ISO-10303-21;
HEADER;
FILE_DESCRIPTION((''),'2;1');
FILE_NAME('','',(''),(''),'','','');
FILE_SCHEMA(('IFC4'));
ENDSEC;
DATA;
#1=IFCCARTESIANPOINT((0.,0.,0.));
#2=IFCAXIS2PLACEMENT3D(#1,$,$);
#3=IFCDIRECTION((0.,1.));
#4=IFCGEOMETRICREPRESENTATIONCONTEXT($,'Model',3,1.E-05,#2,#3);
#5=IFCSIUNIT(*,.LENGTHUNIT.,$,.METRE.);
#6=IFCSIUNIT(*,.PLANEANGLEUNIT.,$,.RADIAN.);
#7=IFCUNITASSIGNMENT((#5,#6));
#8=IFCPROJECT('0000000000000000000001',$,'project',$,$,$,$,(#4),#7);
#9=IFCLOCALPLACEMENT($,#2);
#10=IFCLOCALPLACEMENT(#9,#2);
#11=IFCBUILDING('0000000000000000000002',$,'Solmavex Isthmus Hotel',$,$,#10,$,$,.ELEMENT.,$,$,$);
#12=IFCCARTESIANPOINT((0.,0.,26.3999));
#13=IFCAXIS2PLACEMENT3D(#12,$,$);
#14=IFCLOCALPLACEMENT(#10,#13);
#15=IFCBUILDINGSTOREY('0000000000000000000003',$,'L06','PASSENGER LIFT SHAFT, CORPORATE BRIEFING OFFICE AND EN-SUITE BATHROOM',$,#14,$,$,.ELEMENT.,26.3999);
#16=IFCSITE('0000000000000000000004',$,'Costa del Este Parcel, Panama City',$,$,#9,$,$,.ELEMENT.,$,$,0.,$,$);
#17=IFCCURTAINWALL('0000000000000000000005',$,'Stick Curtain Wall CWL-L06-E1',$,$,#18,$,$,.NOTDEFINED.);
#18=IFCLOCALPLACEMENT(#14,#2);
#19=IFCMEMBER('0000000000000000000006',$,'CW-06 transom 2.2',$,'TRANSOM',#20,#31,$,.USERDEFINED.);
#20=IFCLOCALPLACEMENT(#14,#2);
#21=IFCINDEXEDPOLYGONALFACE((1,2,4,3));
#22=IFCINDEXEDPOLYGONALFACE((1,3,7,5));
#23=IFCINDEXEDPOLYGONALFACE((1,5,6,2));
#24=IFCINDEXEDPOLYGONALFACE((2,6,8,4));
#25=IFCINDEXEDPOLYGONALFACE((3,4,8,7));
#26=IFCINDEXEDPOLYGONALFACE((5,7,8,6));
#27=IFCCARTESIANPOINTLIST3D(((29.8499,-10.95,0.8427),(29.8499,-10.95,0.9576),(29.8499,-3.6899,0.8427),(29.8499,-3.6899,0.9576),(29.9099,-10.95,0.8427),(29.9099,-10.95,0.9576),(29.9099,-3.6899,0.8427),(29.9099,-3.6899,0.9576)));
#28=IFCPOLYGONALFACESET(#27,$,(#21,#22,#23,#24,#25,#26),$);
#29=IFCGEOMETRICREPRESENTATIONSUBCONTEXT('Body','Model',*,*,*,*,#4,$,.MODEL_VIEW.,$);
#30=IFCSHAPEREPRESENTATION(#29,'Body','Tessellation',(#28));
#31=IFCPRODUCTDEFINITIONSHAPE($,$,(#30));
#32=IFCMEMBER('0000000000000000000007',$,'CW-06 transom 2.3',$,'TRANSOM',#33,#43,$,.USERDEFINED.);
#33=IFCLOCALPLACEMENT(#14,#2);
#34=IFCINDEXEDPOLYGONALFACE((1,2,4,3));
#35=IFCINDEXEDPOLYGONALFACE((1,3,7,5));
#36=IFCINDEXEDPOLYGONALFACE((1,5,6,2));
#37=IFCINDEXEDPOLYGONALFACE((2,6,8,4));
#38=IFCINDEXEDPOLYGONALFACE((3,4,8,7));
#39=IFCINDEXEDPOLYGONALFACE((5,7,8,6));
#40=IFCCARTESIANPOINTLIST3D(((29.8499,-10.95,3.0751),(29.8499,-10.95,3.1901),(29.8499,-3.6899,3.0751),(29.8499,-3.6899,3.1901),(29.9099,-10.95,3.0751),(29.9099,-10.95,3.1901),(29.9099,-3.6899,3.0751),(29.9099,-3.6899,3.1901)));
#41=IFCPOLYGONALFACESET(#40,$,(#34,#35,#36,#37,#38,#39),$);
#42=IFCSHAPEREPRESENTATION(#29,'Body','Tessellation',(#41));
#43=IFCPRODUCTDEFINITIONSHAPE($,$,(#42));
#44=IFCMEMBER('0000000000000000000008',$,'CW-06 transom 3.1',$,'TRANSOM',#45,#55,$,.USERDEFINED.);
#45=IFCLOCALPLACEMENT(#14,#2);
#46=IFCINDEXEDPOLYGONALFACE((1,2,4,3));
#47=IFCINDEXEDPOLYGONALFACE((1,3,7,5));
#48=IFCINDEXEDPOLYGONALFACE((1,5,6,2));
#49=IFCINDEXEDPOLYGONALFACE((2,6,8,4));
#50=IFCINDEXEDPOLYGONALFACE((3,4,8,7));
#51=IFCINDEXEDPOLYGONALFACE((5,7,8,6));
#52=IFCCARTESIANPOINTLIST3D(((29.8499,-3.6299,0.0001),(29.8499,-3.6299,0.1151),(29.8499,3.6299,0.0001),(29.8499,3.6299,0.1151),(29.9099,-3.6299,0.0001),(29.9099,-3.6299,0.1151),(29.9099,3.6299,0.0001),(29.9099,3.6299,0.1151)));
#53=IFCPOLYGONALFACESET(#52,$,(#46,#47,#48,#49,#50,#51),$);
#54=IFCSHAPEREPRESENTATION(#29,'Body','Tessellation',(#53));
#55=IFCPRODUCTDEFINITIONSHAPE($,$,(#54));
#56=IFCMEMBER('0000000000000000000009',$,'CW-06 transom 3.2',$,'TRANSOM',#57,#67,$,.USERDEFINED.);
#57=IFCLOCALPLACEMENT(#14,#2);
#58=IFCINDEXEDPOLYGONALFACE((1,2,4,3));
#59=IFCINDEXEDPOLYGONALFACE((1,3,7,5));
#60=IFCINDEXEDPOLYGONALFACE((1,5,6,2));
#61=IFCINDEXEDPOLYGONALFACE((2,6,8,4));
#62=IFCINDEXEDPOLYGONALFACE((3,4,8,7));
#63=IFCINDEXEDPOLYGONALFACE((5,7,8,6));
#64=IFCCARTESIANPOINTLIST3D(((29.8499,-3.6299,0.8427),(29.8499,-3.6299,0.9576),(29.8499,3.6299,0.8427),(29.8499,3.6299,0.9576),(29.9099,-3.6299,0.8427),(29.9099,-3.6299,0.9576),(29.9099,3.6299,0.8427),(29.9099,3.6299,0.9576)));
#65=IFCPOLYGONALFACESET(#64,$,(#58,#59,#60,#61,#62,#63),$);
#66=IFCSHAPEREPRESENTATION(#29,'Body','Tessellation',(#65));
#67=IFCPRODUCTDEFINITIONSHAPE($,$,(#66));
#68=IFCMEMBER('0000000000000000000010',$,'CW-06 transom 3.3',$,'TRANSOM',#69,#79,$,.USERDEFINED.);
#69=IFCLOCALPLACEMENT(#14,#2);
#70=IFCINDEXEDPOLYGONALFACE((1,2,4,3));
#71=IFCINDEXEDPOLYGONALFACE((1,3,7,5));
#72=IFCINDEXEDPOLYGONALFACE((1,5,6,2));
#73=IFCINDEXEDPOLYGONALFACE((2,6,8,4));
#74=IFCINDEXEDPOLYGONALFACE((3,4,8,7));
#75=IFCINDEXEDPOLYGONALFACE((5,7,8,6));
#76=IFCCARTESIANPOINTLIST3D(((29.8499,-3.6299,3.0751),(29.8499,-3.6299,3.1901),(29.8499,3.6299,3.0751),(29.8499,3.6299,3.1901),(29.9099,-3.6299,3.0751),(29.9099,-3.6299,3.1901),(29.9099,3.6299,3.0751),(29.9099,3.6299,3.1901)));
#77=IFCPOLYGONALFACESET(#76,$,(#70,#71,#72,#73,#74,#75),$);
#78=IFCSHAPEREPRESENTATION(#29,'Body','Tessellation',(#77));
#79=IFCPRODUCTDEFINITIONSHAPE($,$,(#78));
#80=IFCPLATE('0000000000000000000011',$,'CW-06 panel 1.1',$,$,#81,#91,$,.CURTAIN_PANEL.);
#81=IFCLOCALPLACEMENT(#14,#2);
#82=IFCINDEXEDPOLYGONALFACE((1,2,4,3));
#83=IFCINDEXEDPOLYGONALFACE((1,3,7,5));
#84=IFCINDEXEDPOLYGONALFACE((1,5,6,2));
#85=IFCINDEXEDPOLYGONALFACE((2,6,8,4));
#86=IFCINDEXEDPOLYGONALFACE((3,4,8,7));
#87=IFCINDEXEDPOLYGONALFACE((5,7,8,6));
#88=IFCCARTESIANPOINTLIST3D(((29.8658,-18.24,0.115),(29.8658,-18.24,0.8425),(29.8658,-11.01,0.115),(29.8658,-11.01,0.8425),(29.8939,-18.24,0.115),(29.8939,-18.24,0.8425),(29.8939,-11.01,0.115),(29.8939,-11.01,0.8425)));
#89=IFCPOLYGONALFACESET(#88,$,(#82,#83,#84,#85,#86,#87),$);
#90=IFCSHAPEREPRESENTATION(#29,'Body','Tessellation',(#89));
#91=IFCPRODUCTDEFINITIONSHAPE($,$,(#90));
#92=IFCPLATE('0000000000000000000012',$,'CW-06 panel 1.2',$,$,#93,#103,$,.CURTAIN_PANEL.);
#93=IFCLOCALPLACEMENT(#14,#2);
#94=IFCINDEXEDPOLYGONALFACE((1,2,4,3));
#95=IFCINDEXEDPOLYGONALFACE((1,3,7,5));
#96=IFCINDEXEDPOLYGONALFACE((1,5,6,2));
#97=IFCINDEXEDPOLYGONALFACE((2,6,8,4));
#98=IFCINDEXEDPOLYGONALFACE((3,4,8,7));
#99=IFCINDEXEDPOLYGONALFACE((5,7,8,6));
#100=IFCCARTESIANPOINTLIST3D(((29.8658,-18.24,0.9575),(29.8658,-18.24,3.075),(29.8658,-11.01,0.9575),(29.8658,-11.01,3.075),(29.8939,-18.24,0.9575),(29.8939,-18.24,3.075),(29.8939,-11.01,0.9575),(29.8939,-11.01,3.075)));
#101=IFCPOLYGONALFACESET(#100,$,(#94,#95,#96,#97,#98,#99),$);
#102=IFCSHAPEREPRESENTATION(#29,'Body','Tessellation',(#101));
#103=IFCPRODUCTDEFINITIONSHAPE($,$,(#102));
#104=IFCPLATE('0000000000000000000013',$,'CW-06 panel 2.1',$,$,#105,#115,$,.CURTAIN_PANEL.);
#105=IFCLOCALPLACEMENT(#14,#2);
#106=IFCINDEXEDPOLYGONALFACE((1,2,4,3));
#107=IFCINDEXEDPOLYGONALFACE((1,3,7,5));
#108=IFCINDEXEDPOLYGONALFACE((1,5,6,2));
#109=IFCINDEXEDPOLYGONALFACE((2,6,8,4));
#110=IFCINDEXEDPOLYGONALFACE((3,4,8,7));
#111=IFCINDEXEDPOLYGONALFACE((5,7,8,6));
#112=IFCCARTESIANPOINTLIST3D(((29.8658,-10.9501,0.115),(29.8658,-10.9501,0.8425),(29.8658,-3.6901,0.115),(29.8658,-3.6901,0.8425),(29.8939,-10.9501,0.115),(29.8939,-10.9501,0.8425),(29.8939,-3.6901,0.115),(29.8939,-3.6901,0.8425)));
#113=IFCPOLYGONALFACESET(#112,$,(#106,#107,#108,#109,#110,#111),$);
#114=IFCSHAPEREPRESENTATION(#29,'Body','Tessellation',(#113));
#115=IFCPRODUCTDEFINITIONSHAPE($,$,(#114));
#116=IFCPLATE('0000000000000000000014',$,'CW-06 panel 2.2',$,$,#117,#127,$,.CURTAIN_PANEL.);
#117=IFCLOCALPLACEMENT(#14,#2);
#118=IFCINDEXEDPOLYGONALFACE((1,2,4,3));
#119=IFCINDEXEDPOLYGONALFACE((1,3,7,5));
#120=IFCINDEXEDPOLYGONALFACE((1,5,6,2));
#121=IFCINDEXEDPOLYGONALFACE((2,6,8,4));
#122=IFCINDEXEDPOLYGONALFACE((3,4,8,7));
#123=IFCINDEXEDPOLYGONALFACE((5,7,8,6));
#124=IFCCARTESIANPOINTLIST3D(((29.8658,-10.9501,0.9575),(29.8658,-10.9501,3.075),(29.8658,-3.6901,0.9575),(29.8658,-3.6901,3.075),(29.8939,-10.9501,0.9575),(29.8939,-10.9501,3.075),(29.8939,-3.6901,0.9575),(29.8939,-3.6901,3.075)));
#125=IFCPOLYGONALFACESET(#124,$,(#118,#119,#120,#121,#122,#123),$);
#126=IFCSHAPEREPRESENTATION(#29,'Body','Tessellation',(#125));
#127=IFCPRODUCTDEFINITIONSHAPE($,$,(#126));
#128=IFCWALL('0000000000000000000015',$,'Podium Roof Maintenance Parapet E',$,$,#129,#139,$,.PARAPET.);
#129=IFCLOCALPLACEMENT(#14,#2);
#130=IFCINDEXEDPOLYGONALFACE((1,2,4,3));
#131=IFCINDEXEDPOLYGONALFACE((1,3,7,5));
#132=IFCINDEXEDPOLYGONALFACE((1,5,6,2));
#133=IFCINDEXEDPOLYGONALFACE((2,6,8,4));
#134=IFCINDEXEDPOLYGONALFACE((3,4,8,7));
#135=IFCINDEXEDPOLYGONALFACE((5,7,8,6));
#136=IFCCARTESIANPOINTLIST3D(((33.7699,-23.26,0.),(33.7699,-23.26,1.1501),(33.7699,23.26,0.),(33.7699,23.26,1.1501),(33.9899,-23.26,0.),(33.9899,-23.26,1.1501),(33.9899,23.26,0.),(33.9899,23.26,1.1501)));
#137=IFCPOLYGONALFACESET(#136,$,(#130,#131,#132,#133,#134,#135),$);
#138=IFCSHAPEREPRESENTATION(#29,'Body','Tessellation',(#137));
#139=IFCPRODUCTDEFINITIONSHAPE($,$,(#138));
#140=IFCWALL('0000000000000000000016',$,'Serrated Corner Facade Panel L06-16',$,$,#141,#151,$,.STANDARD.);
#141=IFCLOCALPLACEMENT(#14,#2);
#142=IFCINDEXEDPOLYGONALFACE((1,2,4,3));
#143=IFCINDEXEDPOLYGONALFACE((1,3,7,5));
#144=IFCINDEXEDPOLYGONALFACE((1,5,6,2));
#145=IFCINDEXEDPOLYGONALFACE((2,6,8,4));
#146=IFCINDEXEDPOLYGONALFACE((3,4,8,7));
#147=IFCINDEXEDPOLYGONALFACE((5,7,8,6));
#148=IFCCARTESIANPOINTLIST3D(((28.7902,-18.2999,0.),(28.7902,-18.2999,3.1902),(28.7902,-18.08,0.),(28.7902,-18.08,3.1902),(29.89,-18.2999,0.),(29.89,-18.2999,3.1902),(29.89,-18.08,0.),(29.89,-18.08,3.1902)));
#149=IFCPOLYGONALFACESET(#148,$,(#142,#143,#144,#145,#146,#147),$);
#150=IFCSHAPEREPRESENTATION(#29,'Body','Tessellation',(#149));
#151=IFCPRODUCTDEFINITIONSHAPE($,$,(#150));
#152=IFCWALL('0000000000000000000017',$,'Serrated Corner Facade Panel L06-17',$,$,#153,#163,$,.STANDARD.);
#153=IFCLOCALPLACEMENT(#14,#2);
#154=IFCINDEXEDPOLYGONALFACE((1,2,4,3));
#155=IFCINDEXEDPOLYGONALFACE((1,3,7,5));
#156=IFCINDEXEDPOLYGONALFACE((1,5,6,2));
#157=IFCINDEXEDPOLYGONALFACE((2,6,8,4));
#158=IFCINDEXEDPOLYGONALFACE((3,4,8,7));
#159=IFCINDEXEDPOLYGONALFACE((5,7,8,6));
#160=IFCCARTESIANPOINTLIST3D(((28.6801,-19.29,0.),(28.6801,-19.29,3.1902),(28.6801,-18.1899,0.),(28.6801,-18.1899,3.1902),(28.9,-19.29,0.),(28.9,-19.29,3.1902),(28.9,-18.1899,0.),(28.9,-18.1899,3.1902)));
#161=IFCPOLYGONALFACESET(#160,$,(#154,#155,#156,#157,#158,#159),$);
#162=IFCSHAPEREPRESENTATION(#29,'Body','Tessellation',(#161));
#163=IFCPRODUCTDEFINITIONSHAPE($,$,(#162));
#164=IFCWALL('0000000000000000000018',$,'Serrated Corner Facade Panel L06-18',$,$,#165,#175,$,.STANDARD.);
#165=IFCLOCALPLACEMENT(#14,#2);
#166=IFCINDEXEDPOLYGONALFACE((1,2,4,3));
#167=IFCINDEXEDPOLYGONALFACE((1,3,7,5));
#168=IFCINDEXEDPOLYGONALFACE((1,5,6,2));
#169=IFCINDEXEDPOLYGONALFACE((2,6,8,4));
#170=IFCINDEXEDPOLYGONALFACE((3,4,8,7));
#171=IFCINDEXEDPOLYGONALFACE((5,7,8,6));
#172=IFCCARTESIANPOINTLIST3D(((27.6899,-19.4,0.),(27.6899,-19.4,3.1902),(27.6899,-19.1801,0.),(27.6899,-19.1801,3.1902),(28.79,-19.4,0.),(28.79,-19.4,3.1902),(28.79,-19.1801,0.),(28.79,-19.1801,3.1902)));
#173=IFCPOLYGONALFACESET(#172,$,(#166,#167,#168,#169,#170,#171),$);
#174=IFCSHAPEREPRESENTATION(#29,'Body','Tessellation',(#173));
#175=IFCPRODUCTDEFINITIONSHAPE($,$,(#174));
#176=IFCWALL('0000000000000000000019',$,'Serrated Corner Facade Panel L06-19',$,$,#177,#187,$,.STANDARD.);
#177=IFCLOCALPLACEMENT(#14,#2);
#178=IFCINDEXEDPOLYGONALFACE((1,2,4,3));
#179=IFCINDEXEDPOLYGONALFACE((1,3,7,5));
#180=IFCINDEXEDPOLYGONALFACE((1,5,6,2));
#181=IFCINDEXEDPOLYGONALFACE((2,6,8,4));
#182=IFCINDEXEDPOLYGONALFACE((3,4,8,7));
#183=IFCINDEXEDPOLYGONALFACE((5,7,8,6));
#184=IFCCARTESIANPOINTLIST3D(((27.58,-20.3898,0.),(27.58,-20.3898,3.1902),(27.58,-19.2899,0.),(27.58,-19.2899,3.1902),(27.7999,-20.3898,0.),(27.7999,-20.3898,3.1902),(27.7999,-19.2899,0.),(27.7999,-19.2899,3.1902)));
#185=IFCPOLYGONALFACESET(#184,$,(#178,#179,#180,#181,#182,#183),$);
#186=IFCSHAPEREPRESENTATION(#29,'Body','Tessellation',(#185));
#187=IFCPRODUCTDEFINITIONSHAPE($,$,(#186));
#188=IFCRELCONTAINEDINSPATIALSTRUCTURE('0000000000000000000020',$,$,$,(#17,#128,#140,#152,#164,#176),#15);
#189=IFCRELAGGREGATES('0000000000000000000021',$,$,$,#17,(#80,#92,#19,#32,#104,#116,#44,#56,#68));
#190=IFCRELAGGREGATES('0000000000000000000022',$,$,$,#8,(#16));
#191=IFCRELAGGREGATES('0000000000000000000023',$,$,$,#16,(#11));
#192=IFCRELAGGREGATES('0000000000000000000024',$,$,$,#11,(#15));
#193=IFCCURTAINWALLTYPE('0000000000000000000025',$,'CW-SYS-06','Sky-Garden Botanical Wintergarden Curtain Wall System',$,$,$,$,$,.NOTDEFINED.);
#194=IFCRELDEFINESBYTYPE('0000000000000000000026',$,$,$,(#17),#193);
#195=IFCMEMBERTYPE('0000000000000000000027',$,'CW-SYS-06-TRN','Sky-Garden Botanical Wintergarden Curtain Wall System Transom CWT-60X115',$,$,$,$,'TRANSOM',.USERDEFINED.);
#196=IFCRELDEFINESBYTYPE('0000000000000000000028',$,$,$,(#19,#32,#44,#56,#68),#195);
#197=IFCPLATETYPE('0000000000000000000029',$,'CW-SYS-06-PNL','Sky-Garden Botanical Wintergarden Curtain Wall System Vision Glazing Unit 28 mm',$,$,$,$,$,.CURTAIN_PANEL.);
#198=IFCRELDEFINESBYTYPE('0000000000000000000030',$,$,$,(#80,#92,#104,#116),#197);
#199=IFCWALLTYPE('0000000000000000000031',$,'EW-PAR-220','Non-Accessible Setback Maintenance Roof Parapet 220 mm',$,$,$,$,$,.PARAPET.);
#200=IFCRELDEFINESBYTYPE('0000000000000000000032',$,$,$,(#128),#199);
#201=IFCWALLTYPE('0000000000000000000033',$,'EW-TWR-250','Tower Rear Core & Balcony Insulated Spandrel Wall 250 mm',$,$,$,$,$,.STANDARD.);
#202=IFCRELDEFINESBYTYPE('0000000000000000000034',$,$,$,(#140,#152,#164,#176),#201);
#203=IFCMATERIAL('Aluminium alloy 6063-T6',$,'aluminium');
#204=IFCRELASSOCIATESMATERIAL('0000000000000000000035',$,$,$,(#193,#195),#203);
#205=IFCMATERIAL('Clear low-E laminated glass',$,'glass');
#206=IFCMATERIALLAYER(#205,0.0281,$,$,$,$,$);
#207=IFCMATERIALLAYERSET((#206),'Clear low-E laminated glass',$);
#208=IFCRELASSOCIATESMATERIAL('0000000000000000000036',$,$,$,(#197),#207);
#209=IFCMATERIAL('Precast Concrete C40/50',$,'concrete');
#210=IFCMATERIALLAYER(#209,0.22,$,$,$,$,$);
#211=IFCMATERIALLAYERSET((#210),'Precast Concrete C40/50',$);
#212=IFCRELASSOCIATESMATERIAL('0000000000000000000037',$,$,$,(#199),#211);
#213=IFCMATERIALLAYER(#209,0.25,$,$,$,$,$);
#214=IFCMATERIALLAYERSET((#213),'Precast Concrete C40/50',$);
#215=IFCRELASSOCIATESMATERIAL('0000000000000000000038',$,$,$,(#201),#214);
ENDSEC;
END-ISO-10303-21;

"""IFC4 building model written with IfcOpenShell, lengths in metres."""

from ifc_helpers import new_model, si_unit, direction, frame, frame_2d, origin, origin_2d, place, context, subcontext, project, spatial, rectangle, extrude, material, layer, layer_set, material_profile, profile_set, type_object, element, aggregate, save


model = new_model("IFC4")

# Units and contexts
model_context = context("Model", 3, precision=1e-05, world=origin(), true_north=direction((0.0, 1.0)))
body_context = subcontext(model_context, "Body", "Model", "MODEL_VIEW")
ifc_project = project(units=[si_unit("LENGTHUNIT", "METRE"), si_unit("PLANEANGLEUNIT", "RADIAN")], contexts=[model_context])

# Site, building, storey
site_placement = place(None, origin())
site = spatial("IfcSite", under=ifc_project, at=site_placement, Name="Costa del Este Parcel, Panama City", CompositionType="ELEMENT", RefElevation=0.0)
building_placement = place(site_placement, origin())
building = spatial("IfcBuilding", under=site, at=building_placement, Name="Solmavex Isthmus Hotel", CompositionType="ELEMENT")
storey_placement = place(building_placement, frame((0.0, 0.0, 26.3999)))
storey = spatial("IfcBuildingStorey", under=building, at=storey_placement, Name="L06", Description="PASSENGER LIFT SHAFT, CORPORATE BRIEFING OFFICE AND EN-SUITE BATHROOM", CompositionType="ELEMENT", Elevation=26.3999)

# Curtain wall, members, plates
ifc_material_1 = material(Name="Aluminium alloy 6063-T6", Category="aluminium")
curtain_wall_type = type_object("IfcCurtainWallType", Name="CW-SYS-06", Description="Sky-Garden Botanical Wintergarden Curtain Wall System", PredefinedType="NOTDEFINED", material=ifc_material_1)
curtain_wall_placement = place(storey_placement, origin())
curtain_wall = element("IfcCurtainWall", 1, at=curtain_wall_placement, inside=storey, type_object=curtain_wall_type, Name="Stick Curtain Wall CWL-L06-E1", PredefinedType="NOTDEFINED")
ifc_material_profile_1 = material_profile(ifc_material_1, rectangle(XDim=0.0601, YDim=0.115, at=origin_2d()), Name="CWT-60X115")
ifc_profile_set_1 = profile_set([ifc_material_profile_1], Name="Aluminium alloy 6063-T6")
member_type_1 = type_object("IfcMemberType", Name="CW-SYS-06-TRN", Description="Sky-Garden Botanical Wintergarden Curtain Wall System Transom CWT-60X115", ElementType="TRANSOM", PredefinedType="USERDEFINED", material=ifc_profile_set_1)
member_1_placement = place(storey_placement, frame((29.8799, -10.95, 0.9001), z_axis=(0.0, 1.0, 0.0), x_axis=(-1.0, 0.0, 0.0)))
member_1 = element("IfcMember", 2, at=member_1_placement, type_object=member_type_1, Name="CW-06 transom 2.2", ObjectType="TRANSOM", PredefinedType="USERDEFINED", context=body_context, shape_type="SweptSolid", body=[
    extrude(rectangle(XDim=0.0601, YDim=0.115, at=origin_2d()), origin(), (0.0, 0.0, 1.0), 7.26),
])
member_2_placement = place(storey_placement, frame((29.8799, -10.95, 3.1326), z_axis=(0.0, 1.0, 0.0), x_axis=(-1.0, 0.0, 0.0)))
member_2 = element("IfcMember", 3, at=member_2_placement, type_object=member_type_1, Name="CW-06 transom 2.3", ObjectType="TRANSOM", PredefinedType="USERDEFINED", context=body_context, shape_type="SweptSolid", body=[
    extrude(rectangle(XDim=0.0601, YDim=0.115, at=origin_2d()), origin(), (0.0, 0.0, 1.0), 7.26),
])
member_3_placement = place(storey_placement, frame((29.8799, -3.6299, 0.0576), z_axis=(0.0, 1.0, 0.0), x_axis=(-1.0, 0.0, 0.0)))
member_3 = element("IfcMember", 4, at=member_3_placement, type_object=member_type_1, Name="CW-06 transom 3.1", ObjectType="TRANSOM", PredefinedType="USERDEFINED", context=body_context, shape_type="SweptSolid", body=[
    extrude(rectangle(XDim=0.0601, YDim=0.115, at=origin_2d()), origin(), (0.0, 0.0, 1.0), 7.2598),
])
member_4_placement = place(storey_placement, frame((29.8799, -3.6299, 0.9001), z_axis=(0.0, 1.0, 0.0), x_axis=(-1.0, 0.0, 0.0)))
member_4 = element("IfcMember", 5, at=member_4_placement, type_object=member_type_1, Name="CW-06 transom 3.2", ObjectType="TRANSOM", PredefinedType="USERDEFINED", context=body_context, shape_type="SweptSolid", body=[
    extrude(rectangle(XDim=0.0601, YDim=0.115, at=origin_2d()), origin(), (0.0, 0.0, 1.0), 7.2598),
])
member_5_placement = place(storey_placement, frame((29.8799, -3.6299, 3.1326), z_axis=(0.0, 1.0, 0.0), x_axis=(-1.0, 0.0, 0.0)))
member_5 = element("IfcMember", 6, at=member_5_placement, type_object=member_type_1, Name="CW-06 transom 3.3", ObjectType="TRANSOM", PredefinedType="USERDEFINED", context=body_context, shape_type="SweptSolid", body=[
    extrude(rectangle(XDim=0.0601, YDim=0.115, at=origin_2d()), origin(), (0.0, 0.0, 1.0), 7.2598),
])
ifc_material_2 = material(Name="Clear low-E laminated glass", Category="glass")
ifc_layer_1 = layer(ifc_material_2, 0.0281)
ifc_layer_set_1 = layer_set([ifc_layer_1], Name="Clear low-E laminated glass")
plate_type = type_object("IfcPlateType", Name="CW-SYS-06-PNL", Description="Sky-Garden Botanical Wintergarden Curtain Wall System Vision Glazing Unit 28 mm", PredefinedType="CURTAIN_PANEL", material=ifc_layer_set_1)
plate_1_placement = place(storey_placement, frame((29.8799, -14.625, 0.115), z_axis=(0.0, 0.0, 1.0), x_axis=(0.0, 1.0, 0.0)))
plate_1 = element("IfcPlate", 7, at=plate_1_placement, type_object=plate_type, Name="CW-06 panel 1.1", PredefinedType="CURTAIN_PANEL", context=body_context, shape_type="SweptSolid", body=[
    extrude(rectangle(XDim=7.23, YDim=0.0281, at=origin_2d()), origin(), (0.0, 0.0, 1.0), 0.7275),
])
plate_2_placement = place(storey_placement, frame((29.8799, -14.625, 0.9575), z_axis=(0.0, 0.0, 1.0), x_axis=(0.0, 1.0, 0.0)))
plate_2 = element("IfcPlate", 8, at=plate_2_placement, type_object=plate_type, Name="CW-06 panel 1.2", PredefinedType="CURTAIN_PANEL", context=body_context, shape_type="SweptSolid", body=[
    extrude(rectangle(XDim=7.23, YDim=0.0281, at=origin_2d()), origin(), (0.0, 0.0, 1.0), 2.1174),
])
plate_3_placement = place(storey_placement, frame((29.8799, -7.3201, 0.115), z_axis=(0.0, 0.0, 1.0), x_axis=(0.0, 1.0, 0.0)))
plate_3 = element("IfcPlate", 9, at=plate_3_placement, type_object=plate_type, Name="CW-06 panel 2.1", PredefinedType="CURTAIN_PANEL", context=body_context, shape_type="SweptSolid", body=[
    extrude(rectangle(XDim=7.26, YDim=0.0281, at=origin_2d()), origin(), (0.0, 0.0, 1.0), 0.7275),
])
plate_4_placement = place(storey_placement, frame((29.8799, -7.3201, 0.9575), z_axis=(0.0, 0.0, 1.0), x_axis=(0.0, 1.0, 0.0)))
plate_4 = element("IfcPlate", 10, at=plate_4_placement, type_object=plate_type, Name="CW-06 panel 2.2", PredefinedType="CURTAIN_PANEL", context=body_context, shape_type="SweptSolid", body=[
    extrude(rectangle(XDim=7.26, YDim=0.0281, at=origin_2d()), origin(), (0.0, 0.0, 1.0), 2.1174),
])
aggregate(curtain_wall, [plate_1, plate_2, member_1, member_2, plate_3, plate_4, member_3, member_4, member_5])

# Walls
ifc_material_3 = material(Name="Precast Concrete C40/50", Category="concrete")
ifc_layer_2 = layer(ifc_material_3, 0.22)
ifc_layer_set_2 = layer_set([ifc_layer_2], Name="Precast Concrete C40/50")
wall_type_1 = type_object("IfcWallType", Name="EW-PAR-220", Description="Non-Accessible Setback Maintenance Roof Parapet 220 mm", PredefinedType="PARAPET", material=ifc_layer_set_2)
wall_1_placement = place(storey_placement, frame((33.8799, -23.26, 0.0), z_axis=(0.0, 0.0, 1.0), x_axis=(0.0, 1.0, 0.0)))
element("IfcWall", 11, at=wall_1_placement, inside=storey, type_object=wall_type_1, Name="Podium Roof Maintenance Parapet E", PredefinedType="PARAPET", context=body_context, shape_type="SweptSolid", body=[
    extrude(rectangle(XDim=46.52, YDim=0.22, at=frame_2d((23.26, 0.0))), origin(), (0.0, 0.0, 1.0), 1.1501),
])
ifc_layer_3 = layer(ifc_material_3, 0.25)
ifc_layer_set_3 = layer_set([ifc_layer_3], Name="Precast Concrete C40/50")
wall_type_2 = type_object("IfcWallType", Name="EW-TWR-250", Description="Tower Rear Core & Balcony Insulated Spandrel Wall 250 mm", PredefinedType="STANDARD", material=ifc_layer_set_3)
wall_2_placement = place(storey_placement, frame((29.8899, -18.1899, 0.0), z_axis=(0.0, 0.0, 1.0), x_axis=(-1.0, 0.0, 0.0)))
element("IfcWall", 12, at=wall_2_placement, inside=storey, type_object=wall_type_2, Name="Serrated Corner Facade Panel L06-16", PredefinedType="STANDARD", context=body_context, shape_type="SweptSolid", body=[
    extrude(rectangle(XDim=1.0999, YDim=0.22, at=frame_2d((0.5498, 0.0))), origin(), (0.0, 0.0, 1.0), 3.1902),
])
for number, where, z_axis, x_axis, name in (
    (13, (28.79, -18.1899, 0.0), (0.0, 0.0, 1.0), (0.0, -1.0, 0.0), "Serrated Corner Facade Panel L06-17"),
    (14, (28.79, -19.29, 0.0), (0.0, 0.0, 1.0), (-1.0, 0.0, 0.0), "Serrated Corner Facade Panel L06-18"),
):
    element("IfcWall", number, at=place(storey_placement, frame(where, z_axis=z_axis, x_axis=x_axis)), inside=storey, type_object=wall_type_2, Name=name, PredefinedType="STANDARD", context=body_context, shape_type="SweptSolid", body=[
        extrude(rectangle(XDim=1.1001, YDim=0.22, at=frame_2d((0.55, 0.0))), origin(), (0.0, 0.0, 1.0), 3.1902),
    ])
wall_3_placement = place(storey_placement, frame((27.6899, -19.29, 0.0), z_axis=(0.0, 0.0, 1.0), x_axis=(0.0, -1.0, 0.0)))
element("IfcWall", 15, at=wall_3_placement, inside=storey, type_object=wall_type_2, Name="Serrated Corner Facade Panel L06-19", PredefinedType="STANDARD", context=body_context, shape_type="SweptSolid", body=[
    extrude(rectangle(XDim=1.0999, YDim=0.22, at=frame_2d((0.5498, 0.0))), origin(), (0.0, 0.0, 1.0), 3.1902),
])

save(model, "model.ifc")
